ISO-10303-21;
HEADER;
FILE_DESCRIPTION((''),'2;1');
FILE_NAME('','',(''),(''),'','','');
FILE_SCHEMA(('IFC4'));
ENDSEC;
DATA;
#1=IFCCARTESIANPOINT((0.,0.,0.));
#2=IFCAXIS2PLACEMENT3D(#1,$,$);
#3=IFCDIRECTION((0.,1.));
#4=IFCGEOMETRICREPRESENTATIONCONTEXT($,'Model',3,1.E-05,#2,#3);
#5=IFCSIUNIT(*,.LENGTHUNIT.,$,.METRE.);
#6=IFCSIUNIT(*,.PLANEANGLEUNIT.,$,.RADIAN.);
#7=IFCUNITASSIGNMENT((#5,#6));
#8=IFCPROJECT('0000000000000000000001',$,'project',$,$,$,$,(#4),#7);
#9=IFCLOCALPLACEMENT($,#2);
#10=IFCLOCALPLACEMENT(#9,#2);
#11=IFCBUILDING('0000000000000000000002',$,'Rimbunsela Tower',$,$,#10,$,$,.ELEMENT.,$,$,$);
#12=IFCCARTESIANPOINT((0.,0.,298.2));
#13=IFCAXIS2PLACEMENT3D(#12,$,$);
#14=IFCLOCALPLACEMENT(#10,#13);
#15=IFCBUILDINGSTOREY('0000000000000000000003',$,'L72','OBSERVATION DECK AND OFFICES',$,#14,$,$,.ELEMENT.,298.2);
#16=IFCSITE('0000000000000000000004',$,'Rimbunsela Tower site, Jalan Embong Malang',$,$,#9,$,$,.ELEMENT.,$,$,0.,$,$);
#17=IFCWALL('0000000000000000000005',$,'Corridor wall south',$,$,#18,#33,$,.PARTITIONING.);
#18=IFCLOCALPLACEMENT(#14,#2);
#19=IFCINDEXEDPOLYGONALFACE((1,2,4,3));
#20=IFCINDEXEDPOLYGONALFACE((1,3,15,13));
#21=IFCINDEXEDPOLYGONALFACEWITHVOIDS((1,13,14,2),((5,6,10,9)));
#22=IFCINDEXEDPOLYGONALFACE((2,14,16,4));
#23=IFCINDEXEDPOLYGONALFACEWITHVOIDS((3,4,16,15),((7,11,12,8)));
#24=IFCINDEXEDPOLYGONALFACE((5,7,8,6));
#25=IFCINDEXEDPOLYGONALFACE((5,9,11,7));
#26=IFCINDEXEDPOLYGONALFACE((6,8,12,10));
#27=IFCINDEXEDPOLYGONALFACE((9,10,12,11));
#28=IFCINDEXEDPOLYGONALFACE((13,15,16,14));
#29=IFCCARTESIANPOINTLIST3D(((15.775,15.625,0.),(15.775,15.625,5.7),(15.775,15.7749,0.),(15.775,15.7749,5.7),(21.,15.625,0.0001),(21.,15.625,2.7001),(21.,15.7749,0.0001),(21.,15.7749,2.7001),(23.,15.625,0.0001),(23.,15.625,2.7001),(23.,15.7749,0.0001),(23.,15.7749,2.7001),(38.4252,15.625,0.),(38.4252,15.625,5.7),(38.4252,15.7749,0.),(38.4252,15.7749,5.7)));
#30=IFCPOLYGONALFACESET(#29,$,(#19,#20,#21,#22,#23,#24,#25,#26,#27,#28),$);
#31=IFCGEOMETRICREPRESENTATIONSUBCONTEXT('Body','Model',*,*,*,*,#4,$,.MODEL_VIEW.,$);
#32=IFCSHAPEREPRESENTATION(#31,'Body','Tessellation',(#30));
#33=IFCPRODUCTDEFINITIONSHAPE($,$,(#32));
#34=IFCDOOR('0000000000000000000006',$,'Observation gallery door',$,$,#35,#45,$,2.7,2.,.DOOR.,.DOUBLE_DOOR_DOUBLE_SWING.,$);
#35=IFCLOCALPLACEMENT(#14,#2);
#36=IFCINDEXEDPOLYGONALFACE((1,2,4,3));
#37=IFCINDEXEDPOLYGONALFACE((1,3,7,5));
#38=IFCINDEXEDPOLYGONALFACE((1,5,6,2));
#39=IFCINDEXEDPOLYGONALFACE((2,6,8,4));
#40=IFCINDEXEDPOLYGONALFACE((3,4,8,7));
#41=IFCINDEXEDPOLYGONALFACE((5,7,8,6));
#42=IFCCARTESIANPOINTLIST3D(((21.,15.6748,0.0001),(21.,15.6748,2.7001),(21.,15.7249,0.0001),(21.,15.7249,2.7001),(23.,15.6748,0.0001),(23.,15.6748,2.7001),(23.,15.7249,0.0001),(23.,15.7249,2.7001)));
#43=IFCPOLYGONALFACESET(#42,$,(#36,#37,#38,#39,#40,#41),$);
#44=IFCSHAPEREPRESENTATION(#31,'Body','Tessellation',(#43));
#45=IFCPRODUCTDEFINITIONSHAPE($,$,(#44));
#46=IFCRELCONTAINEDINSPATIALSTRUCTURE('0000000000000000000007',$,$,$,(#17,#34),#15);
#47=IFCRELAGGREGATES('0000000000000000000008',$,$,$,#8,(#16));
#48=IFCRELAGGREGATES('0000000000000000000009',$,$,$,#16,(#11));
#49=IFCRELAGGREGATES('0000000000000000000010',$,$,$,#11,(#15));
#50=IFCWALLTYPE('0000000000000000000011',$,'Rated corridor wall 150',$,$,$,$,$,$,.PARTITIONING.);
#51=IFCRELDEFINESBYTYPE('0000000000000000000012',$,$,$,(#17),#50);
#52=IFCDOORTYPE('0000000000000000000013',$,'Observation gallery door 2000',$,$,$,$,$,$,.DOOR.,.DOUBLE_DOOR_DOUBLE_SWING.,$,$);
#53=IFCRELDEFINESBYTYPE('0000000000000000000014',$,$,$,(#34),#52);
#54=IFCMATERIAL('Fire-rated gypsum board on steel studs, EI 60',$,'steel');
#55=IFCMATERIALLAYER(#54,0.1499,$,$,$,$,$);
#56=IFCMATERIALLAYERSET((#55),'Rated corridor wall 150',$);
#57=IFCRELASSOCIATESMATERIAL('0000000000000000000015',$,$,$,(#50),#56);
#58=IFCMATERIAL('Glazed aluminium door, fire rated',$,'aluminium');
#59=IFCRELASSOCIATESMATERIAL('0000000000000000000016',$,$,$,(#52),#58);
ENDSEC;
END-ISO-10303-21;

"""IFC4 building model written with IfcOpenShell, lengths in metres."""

from ifc_helpers import new_model, si_unit, direction, frame, frame_2d, origin, place, context, subcontext, project, spatial, rectangle, extrude, material, layer, layer_set, type_object, element, fill, save


model = new_model("IFC4")

# Units and contexts
model_context = context("Model", 3, precision=1e-05, world=origin(), true_north=direction((0.0, 1.0)))
body_context = subcontext(model_context, "Body", "Model", "MODEL_VIEW")
ifc_project = project(units=[si_unit("LENGTHUNIT", "METRE"), si_unit("PLANEANGLEUNIT", "RADIAN")], contexts=[model_context])

# Site, building, storey
site_placement = place(None, origin())
site = spatial("IfcSite", under=ifc_project, at=site_placement, Name="Rimbunsela Tower site, Jalan Embong Malang", CompositionType="ELEMENT", RefElevation=0.0)
building_placement = place(site_placement, origin())
building = spatial("IfcBuilding", under=site, at=building_placement, Name="Rimbunsela Tower", CompositionType="ELEMENT")
storey_placement = place(building_placement, frame((0.0, 0.0, 298.2)))
storey = spatial("IfcBuildingStorey", under=building, at=storey_placement, Name="L72", Description="OBSERVATION DECK AND OFFICES", CompositionType="ELEMENT", Elevation=298.2)

# Wall, opening, door
ifc_material_1 = material(Name="Fire-rated gypsum board on steel studs, EI 60", Category="steel")
ifc_layer_1 = layer(ifc_material_1, 0.1499)
ifc_layer_set_1 = layer_set([ifc_layer_1], Name="Rated corridor wall 150")
wall_type_1 = type_object("IfcWallType", Name="Rated corridor wall 150", PredefinedType="PARTITIONING", material=ifc_layer_set_1)
wall_1_placement = place(storey_placement, frame((15.7749, 15.7, 0.0), z_axis=(0.0, 0.0, 1.0), x_axis=(1.0, 0.0, 0.0)))
wall_1 = element("IfcWall", 1, at=wall_1_placement, inside=storey, type_object=wall_type_1, Name="Corridor wall south", PredefinedType="PARTITIONING", context=body_context, shape_type="SweptSolid", body=[
    extrude(rectangle(XDim=22.6501, YDim=0.1499, at=frame_2d((11.3252, 0.0))), origin(), (0.0, 0.0, 1.0), 5.7),
])
opening_1_placement = place(wall_1_placement, frame((5.2251, 0.0, 0.0)))
opening_1 = element("IfcOpeningElement", 2, at=opening_1_placement, cuts=wall_1, PredefinedType="OPENING", context=body_context, shape_type="SweptSolid", body=[
    extrude(rectangle(XDim=2.0, YDim=2.7, at=frame_2d((1.0, 1.3501))), frame((0.0, 0.085, 0.0), z_axis=(0.0, -1.0, 0.0), x_axis=(1.0, 0.0, 0.0)), (0.0, 0.0, 1.0), 0.1699),
])
ifc_material_2 = material(Name="Glazed aluminium door, fire rated", Category="aluminium")
door_type_1 = type_object("IfcDoorType", Name="Observation gallery door 2000", OperationType="DOUBLE_DOOR_DOUBLE_SWING", PredefinedType="DOOR", material=ifc_material_2)
door_1_placement = place(opening_1_placement, origin())
door_1 = element("IfcDoor", 3, at=door_1_placement, inside=storey, type_object=door_type_1, Name="Observation gallery door", OperationType="DOUBLE_DOOR_DOUBLE_SWING", OverallHeight=2.7, OverallWidth=2.0, PredefinedType="DOOR", context=body_context, shape_type="SweptSolid", body=[
    extrude(rectangle(XDim=2.0, YDim=2.7, at=frame_2d((1.0, 1.3501))), frame((0.0, 0.0249, 0.0), z_axis=(0.0, -1.0, 0.0), x_axis=(1.0, 0.0, 0.0)), (0.0, 0.0, 1.0), 0.05),
])
fill(opening_1, door_1)

save(model, "model.ifc")
